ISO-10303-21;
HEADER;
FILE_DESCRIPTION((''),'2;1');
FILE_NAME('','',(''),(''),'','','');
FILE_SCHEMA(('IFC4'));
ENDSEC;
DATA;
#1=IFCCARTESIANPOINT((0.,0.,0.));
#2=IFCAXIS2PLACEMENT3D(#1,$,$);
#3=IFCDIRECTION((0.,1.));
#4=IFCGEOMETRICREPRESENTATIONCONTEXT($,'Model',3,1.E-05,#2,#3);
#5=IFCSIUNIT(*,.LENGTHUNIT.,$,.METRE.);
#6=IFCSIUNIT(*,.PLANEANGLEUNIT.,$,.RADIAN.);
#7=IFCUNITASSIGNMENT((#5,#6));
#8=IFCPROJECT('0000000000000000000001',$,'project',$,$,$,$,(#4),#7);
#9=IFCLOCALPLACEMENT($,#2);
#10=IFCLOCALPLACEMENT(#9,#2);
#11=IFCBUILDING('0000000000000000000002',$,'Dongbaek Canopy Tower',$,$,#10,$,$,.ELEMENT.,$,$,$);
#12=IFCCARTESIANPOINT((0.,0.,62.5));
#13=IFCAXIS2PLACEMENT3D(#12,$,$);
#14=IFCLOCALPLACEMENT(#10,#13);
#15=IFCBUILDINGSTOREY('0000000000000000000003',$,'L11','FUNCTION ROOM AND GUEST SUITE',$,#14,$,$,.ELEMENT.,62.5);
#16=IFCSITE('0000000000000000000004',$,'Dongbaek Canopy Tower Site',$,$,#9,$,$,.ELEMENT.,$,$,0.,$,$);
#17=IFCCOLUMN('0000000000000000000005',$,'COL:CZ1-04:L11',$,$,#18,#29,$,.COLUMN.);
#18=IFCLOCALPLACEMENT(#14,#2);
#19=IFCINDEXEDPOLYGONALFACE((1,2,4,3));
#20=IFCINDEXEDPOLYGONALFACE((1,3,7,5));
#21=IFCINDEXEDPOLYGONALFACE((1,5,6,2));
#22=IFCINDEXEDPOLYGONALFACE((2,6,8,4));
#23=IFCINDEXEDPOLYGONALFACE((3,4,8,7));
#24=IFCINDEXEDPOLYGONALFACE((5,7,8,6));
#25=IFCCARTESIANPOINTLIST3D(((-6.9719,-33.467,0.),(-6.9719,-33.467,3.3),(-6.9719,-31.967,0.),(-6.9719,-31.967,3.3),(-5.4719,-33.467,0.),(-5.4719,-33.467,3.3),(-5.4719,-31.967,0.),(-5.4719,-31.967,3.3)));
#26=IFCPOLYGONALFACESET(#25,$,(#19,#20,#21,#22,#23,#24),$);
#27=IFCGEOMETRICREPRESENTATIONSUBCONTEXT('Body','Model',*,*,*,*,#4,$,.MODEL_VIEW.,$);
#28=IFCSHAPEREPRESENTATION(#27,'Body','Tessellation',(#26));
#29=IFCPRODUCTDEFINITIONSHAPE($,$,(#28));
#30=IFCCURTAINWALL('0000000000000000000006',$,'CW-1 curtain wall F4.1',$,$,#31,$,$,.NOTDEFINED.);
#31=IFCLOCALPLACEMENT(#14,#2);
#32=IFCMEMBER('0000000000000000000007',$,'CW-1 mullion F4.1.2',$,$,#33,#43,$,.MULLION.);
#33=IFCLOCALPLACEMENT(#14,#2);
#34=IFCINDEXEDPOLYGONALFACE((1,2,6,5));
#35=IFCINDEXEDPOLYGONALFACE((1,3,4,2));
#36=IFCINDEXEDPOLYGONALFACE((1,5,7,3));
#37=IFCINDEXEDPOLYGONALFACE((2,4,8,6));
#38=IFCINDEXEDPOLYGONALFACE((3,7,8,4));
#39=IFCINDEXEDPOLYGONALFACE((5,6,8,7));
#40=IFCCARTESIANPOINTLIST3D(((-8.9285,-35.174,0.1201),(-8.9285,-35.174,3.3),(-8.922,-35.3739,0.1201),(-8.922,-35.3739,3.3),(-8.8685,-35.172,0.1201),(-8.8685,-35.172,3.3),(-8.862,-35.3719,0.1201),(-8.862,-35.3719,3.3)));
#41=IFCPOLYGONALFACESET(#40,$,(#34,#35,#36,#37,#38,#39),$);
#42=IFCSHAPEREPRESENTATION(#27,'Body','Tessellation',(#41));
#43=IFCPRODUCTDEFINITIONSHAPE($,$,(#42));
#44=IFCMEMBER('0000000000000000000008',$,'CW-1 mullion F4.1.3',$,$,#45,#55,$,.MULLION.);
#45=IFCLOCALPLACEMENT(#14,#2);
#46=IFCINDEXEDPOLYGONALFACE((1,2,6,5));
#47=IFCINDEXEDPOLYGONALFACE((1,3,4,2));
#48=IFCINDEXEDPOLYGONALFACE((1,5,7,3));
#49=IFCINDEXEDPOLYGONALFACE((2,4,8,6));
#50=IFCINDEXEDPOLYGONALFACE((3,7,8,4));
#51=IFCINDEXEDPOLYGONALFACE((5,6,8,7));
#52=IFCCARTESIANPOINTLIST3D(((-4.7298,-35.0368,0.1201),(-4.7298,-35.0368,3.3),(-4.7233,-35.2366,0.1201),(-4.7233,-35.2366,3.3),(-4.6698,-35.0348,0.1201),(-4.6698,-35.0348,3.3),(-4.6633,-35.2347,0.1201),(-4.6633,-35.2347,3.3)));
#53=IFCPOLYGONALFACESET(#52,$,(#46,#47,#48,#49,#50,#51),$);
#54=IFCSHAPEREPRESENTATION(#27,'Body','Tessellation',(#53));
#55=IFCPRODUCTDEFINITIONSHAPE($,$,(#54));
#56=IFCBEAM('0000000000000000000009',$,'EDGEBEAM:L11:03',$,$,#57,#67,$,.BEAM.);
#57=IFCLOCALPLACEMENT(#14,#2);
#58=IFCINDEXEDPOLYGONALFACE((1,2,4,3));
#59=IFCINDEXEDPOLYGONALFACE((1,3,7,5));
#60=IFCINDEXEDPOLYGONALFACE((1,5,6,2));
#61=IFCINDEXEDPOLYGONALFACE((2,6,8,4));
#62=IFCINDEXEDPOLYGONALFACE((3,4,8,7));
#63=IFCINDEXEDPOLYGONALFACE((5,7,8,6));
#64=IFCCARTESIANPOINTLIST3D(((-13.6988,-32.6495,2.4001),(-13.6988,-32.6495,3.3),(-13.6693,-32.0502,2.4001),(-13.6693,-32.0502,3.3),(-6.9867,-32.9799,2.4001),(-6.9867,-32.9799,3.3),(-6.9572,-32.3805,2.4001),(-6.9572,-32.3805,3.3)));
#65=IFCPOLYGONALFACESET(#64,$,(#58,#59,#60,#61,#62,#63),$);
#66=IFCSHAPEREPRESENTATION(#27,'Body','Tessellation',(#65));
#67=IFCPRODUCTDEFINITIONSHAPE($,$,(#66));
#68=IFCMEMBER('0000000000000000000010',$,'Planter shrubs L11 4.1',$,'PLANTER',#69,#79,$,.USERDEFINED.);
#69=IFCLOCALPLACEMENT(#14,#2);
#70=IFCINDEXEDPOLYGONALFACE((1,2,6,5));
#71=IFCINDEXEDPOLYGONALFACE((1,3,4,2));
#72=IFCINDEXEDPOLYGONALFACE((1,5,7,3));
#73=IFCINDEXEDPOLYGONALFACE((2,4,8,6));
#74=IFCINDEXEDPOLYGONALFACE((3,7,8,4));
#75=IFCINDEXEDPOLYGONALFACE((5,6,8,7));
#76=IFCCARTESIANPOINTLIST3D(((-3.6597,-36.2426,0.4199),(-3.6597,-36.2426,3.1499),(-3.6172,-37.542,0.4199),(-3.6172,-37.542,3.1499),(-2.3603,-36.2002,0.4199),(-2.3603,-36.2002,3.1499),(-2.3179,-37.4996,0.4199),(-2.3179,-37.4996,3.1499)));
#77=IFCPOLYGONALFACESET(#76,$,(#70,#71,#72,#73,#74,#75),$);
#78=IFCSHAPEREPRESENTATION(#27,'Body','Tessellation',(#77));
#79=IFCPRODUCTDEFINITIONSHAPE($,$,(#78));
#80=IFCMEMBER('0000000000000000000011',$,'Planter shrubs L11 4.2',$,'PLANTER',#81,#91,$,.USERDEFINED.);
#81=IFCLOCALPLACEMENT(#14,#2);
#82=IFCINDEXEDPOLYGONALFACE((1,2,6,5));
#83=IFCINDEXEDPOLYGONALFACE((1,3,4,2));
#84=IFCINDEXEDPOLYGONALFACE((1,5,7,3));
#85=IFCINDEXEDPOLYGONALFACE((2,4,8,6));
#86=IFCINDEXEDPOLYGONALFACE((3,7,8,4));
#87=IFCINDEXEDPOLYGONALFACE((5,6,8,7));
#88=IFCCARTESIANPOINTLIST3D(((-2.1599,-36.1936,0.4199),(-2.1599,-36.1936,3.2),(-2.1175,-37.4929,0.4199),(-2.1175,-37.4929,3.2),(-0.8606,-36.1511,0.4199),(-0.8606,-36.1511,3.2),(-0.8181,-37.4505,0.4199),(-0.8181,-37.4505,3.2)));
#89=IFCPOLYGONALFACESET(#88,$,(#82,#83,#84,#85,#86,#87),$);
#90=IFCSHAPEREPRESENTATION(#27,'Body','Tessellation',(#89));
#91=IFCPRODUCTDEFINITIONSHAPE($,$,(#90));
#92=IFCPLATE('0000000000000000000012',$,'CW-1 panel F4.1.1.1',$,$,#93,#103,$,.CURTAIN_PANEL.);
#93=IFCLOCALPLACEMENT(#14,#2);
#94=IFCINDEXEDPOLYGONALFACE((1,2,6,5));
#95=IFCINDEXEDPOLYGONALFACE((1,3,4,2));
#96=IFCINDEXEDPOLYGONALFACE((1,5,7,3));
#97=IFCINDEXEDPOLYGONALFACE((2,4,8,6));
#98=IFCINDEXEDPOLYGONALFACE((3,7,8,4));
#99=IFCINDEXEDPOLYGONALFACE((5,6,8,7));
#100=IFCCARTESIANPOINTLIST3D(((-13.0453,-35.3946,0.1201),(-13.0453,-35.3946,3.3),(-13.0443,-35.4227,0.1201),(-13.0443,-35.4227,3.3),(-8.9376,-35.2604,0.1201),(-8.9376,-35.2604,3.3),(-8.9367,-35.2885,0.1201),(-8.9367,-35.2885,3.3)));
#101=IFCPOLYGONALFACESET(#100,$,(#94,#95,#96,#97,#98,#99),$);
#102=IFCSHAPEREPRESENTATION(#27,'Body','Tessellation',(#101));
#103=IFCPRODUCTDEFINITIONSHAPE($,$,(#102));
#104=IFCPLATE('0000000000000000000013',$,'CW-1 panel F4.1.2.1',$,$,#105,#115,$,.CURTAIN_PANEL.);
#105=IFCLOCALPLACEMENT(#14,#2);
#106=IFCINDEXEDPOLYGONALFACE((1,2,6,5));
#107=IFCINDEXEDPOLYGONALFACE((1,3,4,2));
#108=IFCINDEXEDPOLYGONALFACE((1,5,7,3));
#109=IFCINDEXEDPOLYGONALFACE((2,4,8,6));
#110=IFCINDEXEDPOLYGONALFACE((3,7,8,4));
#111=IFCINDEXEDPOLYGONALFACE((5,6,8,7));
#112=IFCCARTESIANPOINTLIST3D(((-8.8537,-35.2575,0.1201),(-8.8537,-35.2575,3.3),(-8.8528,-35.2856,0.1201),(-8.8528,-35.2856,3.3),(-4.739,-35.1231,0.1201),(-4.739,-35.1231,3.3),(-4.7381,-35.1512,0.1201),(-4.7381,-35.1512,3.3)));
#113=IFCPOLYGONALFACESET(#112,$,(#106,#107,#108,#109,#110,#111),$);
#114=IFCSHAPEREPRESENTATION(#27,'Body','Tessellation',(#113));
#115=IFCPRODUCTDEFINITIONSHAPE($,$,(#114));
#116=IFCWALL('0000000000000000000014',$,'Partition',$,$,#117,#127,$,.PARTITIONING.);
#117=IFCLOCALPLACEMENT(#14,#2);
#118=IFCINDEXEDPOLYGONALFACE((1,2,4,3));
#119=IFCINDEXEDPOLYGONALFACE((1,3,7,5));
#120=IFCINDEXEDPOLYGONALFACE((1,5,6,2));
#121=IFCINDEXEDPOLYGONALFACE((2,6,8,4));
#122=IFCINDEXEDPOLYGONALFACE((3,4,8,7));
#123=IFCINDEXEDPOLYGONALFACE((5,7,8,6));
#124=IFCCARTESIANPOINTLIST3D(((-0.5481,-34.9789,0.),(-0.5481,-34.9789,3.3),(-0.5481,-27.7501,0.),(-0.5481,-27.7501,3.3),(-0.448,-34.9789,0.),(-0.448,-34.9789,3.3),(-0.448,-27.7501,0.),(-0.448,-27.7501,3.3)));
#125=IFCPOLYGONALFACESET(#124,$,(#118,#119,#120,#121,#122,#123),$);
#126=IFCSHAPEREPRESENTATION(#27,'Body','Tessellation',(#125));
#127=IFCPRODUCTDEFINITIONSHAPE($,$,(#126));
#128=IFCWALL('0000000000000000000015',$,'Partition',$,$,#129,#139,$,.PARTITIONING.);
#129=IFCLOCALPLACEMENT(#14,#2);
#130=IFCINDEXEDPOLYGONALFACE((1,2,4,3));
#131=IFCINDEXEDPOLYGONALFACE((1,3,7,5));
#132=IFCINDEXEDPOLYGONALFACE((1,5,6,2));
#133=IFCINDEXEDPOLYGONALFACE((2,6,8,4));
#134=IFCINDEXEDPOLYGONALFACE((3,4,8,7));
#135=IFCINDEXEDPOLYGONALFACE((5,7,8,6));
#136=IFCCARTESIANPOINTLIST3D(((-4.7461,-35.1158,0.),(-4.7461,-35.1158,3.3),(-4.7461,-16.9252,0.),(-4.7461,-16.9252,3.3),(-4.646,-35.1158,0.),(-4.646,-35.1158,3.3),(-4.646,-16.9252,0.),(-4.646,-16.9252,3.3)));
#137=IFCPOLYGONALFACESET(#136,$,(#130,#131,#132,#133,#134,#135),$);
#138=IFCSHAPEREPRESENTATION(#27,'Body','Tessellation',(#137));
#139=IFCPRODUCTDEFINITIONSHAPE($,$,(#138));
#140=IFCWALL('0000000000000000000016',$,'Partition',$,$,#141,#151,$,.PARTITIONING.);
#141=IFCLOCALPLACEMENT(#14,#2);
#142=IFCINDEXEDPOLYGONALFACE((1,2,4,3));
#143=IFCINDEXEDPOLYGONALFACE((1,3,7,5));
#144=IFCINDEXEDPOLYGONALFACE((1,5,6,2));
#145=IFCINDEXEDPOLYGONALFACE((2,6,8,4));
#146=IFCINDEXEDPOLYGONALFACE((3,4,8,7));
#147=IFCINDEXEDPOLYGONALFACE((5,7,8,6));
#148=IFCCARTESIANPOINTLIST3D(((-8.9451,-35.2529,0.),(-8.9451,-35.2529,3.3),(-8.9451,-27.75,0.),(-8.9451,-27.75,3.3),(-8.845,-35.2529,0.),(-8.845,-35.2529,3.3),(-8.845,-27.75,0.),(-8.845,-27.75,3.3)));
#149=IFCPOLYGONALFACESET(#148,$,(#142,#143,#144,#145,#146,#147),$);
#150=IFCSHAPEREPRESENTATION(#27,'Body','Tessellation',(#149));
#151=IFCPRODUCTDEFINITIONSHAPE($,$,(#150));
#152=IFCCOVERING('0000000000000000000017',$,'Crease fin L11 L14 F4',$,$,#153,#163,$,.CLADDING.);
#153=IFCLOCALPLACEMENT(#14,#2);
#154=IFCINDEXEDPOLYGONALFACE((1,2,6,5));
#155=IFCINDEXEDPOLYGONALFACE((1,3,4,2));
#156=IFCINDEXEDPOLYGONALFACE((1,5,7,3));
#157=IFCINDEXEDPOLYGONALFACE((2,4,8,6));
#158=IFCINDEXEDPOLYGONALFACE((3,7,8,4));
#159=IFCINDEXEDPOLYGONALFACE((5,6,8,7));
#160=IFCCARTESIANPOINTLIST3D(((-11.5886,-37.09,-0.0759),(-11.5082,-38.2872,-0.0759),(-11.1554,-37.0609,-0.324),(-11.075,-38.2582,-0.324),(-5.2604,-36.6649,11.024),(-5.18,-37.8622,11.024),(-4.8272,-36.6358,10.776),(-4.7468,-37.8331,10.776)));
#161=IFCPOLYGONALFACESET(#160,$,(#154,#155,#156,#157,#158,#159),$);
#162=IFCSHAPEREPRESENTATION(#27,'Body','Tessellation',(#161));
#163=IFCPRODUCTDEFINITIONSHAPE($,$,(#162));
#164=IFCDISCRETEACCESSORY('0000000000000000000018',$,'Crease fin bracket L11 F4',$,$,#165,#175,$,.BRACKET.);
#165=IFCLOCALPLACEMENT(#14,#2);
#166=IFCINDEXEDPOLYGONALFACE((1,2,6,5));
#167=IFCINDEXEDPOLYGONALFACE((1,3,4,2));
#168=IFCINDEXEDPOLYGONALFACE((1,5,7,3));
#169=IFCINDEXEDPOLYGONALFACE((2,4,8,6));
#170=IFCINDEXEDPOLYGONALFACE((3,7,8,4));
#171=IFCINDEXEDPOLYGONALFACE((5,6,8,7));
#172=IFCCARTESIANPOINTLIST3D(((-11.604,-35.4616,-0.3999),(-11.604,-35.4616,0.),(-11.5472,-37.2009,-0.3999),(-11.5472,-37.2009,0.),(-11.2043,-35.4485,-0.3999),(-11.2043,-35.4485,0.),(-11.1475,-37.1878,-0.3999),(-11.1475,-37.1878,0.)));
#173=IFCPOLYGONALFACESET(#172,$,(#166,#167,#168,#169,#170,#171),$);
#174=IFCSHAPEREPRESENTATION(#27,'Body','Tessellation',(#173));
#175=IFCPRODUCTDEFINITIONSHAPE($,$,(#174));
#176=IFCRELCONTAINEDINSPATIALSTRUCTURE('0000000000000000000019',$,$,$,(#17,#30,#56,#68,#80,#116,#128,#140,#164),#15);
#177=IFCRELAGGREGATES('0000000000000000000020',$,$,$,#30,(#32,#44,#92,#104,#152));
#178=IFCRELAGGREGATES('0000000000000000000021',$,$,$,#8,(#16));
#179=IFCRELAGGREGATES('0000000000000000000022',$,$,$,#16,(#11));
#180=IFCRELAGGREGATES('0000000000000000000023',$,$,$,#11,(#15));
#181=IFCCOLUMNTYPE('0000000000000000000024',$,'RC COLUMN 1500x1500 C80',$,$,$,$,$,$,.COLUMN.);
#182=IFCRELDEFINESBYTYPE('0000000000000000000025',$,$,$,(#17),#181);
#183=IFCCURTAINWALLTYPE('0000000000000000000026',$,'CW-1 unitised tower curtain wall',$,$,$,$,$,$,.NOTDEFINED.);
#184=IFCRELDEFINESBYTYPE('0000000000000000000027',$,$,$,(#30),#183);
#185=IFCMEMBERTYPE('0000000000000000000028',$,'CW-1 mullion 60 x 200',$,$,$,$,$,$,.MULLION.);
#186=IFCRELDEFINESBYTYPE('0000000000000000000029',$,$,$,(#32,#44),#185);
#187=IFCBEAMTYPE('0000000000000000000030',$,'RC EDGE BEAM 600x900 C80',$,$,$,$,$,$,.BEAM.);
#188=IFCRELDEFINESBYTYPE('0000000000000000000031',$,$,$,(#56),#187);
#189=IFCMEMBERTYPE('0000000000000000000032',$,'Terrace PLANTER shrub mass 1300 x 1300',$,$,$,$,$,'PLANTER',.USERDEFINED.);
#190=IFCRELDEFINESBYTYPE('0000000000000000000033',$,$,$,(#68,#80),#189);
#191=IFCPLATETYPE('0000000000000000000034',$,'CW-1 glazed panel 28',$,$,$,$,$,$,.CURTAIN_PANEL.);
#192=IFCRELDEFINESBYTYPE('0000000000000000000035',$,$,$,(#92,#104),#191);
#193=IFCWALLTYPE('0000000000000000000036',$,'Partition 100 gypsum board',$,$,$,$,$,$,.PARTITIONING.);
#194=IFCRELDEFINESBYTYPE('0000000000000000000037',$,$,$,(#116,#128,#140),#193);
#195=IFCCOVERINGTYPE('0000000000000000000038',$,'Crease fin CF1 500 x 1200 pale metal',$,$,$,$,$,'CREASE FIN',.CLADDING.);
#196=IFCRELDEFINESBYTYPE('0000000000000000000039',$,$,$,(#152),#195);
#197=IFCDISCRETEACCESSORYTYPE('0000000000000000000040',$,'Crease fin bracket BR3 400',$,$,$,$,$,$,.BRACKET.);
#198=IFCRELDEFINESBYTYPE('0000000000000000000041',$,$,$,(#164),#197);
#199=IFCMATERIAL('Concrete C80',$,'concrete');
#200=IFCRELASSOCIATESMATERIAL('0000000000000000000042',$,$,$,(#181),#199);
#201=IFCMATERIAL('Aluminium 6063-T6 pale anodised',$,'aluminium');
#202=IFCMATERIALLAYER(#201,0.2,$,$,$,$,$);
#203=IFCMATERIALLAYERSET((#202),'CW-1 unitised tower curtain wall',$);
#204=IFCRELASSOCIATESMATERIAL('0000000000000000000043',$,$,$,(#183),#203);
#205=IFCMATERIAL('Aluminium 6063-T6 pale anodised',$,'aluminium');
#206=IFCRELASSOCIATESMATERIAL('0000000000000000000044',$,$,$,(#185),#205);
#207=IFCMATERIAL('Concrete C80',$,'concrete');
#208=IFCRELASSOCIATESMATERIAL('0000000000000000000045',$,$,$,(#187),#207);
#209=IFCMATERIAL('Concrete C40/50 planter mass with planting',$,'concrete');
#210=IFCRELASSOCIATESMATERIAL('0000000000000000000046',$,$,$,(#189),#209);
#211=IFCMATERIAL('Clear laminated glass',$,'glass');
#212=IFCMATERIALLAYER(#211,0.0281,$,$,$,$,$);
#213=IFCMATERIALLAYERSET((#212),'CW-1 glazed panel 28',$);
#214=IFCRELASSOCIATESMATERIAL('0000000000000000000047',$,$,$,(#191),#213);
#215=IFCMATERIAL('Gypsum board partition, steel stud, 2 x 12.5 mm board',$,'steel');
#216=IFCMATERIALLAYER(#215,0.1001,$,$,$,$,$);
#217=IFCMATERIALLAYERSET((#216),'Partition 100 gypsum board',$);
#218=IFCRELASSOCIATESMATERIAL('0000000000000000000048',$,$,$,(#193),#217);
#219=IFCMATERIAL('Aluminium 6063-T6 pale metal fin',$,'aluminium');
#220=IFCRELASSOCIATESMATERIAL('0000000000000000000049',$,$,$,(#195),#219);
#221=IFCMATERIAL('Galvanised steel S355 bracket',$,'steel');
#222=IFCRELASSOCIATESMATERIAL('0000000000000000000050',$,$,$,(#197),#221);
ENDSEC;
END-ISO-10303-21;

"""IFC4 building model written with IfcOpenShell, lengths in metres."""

from ifc_helpers import new_model, si_unit, direction, frame, frame_2d, origin, origin_2d, place, context, subcontext, project, spatial, rectangle, extrude, material, layer, layer_set, material_profile, profile_set, type_object, element, aggregate, save


model = new_model("IFC4")

# Units and contexts
model_context = context("Model", 3, precision=1e-05, world=origin(), true_north=direction((0.0, 1.0)))
body_context = subcontext(model_context, "Body", "Model", "MODEL_VIEW")
ifc_project = project(units=[si_unit("LENGTHUNIT", "METRE"), si_unit("PLANEANGLEUNIT", "RADIAN")], contexts=[model_context])

# Site, building, storey
site_placement = place(None, origin())
site = spatial("IfcSite", under=ifc_project, at=site_placement, Name="Dongbaek Canopy Tower Site", CompositionType="ELEMENT", RefElevation=0.0)
building_placement = place(site_placement, origin())
building = spatial("IfcBuilding", under=site, at=building_placement, Name="Dongbaek Canopy Tower", CompositionType="ELEMENT")
storey_placement = place(building_placement, frame((0.0, 0.0, 62.5)))
storey = spatial("IfcBuildingStorey", under=building, at=storey_placement, Name="L11", Description="FUNCTION ROOM AND GUEST SUITE", CompositionType="ELEMENT", Elevation=62.5)

# Column
ifc_material_1 = material(Name="Concrete C80", Category="concrete")
ifc_material_profile_1 = material_profile(ifc_material_1, rectangle(XDim=1.5, YDim=1.5, at=origin_2d()), Name="RC COLUMN 1500x1500 C80")
ifc_profile_set_1 = profile_set([ifc_material_profile_1], Name="Concrete C80")
column_type = type_object("IfcColumnType", Name="RC COLUMN 1500x1500 C80", PredefinedType="COLUMN", material=ifc_profile_set_1)
column_placement = place(storey_placement, frame((-6.2219, -32.717, 0.0), z_axis=(0.0, 0.0, 1.0), x_axis=(1.0, 0.0, 0.0)))
element("IfcColumn", 1, at=column_placement, inside=storey, type_object=column_type, Name="COL:CZ1-04:L11", PredefinedType="COLUMN", context=body_context, shape_type="SweptSolid", body=[
    extrude(rectangle(XDim=1.5, YDim=1.5, at=origin_2d()), origin(), (0.0, 0.0, 1.0), 3.3),
])

# Curtain wall, members
ifc_material_2 = material(Name="Aluminium 6063-T6 pale anodised", Category="aluminium")
ifc_layer_1 = layer(ifc_material_2, 0.2)
ifc_layer_set_1 = layer_set([ifc_layer_1], Name="CW-1 unitised tower curtain wall")
curtain_wall_type = type_object("IfcCurtainWallType", Name="CW-1 unitised tower curtain wall", PredefinedType="NOTDEFINED", material=ifc_layer_set_1)
curtain_wall_placement = place(storey_placement, origin())
curtain_wall = element("IfcCurtainWall", 2, at=curtain_wall_placement, inside=storey, type_object=curtain_wall_type, Name="CW-1 curtain wall F4.1", PredefinedType="NOTDEFINED")
ifc_material_3 = material(Name="Aluminium 6063-T6 pale anodised", Category="aluminium")
ifc_material_profile_2 = material_profile(ifc_material_3, rectangle(XDim=0.2, YDim=0.0601, at=origin_2d()), Name="CW-1 mullion 60 x 200")
ifc_profile_set_2 = profile_set([ifc_material_profile_2], Name="Aluminium 6063-T6 pale anodised")
member_type_1 = type_object("IfcMemberType", Name="CW-1 mullion 60 x 200", PredefinedType="MULLION", material=ifc_profile_set_2)
member_1_placement = place(storey_placement, frame((-8.8953, -35.2729, 0.1201), z_axis=(0.0, 0.0, 1.0), x_axis=(0.032646, -0.999467, 0.0)))
member_1 = element("IfcMember", 3, at=member_1_placement, type_object=member_type_1, Name="CW-1 mullion F4.1.2", PredefinedType="MULLION", context=body_context, shape_type="SweptSolid", body=[
    extrude(rectangle(XDim=0.2, YDim=0.0601, at=origin_2d()), origin(), (0.0, 0.0, 1.0), 3.1799),
])
member_2_placement = place(storey_placement, frame((-4.6965, -35.1357, 0.1201), z_axis=(0.0, 0.0, 1.0), x_axis=(0.032646, -0.999467, 0.0)))
member_2 = element("IfcMember", 4, at=member_2_placement, type_object=member_type_1, Name="CW-1 mullion F4.1.3", PredefinedType="MULLION", context=body_context, shape_type="SweptSolid", body=[
    extrude(rectangle(XDim=0.2, YDim=0.0601, at=origin_2d()), origin(), (0.0, 0.0, 1.0), 3.1799),
])

# Beam
ifc_material_4 = material(Name="Concrete C80", Category="concrete")
ifc_material_profile_3 = material_profile(ifc_material_4, rectangle(XDim=0.6001, YDim=0.8999, at=origin_2d()), Name="RC EDGE BEAM 600x900 C80")
ifc_profile_set_3 = profile_set([ifc_material_profile_3], Name="Concrete C80")
beam_type = type_object("IfcBeamType", Name="RC EDGE BEAM 600x900 C80", PredefinedType="BEAM", material=ifc_profile_set_3)
beam_placement = place(storey_placement, frame((-6.9719, -32.6802, 2.8501), z_axis=(-0.998791, 0.049153, 0.0), x_axis=(-0.049153, -0.998791, 0.0)))
element("IfcBeam", 5, at=beam_placement, inside=storey, type_object=beam_type, Name="EDGEBEAM:L11:03", PredefinedType="BEAM", context=body_context, shape_type="SweptSolid", body=[
    extrude(rectangle(XDim=0.6001, YDim=0.8999, at=origin_2d()), origin(), (0.0, 0.0, 1.0), 6.7202),
])

# Members
ifc_material_5 = material(Name="Concrete C40/50 planter mass with planting", Category="concrete")
ifc_material_profile_4 = material_profile(ifc_material_5, rectangle(XDim=1.3, YDim=1.3, at=origin_2d()), Name="Terrace PLANTER shrub mass 1300 x 1300")
ifc_profile_set_4 = profile_set([ifc_material_profile_4], Name="Concrete C40/50 planter mass with planting")
member_type_2 = type_object("IfcMemberType", Name="Terrace PLANTER shrub mass 1300 x 1300", ElementType="PLANTER", PredefinedType="USERDEFINED", material=ifc_profile_set_4)
member_3_placement = place(storey_placement, frame((-2.9888, -36.8711, 0.4199), z_axis=(0.0, 0.0, 1.0), x_axis=(0.032646, -0.999467, 0.0)))
element("IfcMember", 6, at=member_3_placement, inside=storey, type_object=member_type_2, Name="Planter shrubs L11 4.1", ObjectType="PLANTER", PredefinedType="USERDEFINED", context=body_context, shape_type="SweptSolid", body=[
    extrude(rectangle(XDim=1.3, YDim=1.3, at=origin_2d()), origin(), (0.0, 0.0, 1.0), 2.73),
])
member_4_placement = place(storey_placement, frame((-1.489, -36.822, 0.4199), z_axis=(0.0, 0.0, 1.0), x_axis=(0.032646, -0.999467, 0.0)))
element("IfcMember", 7, at=member_4_placement, inside=storey, type_object=member_type_2, Name="Planter shrubs L11 4.2", ObjectType="PLANTER", PredefinedType="USERDEFINED", context=body_context, shape_type="SweptSolid", body=[
    extrude(rectangle(XDim=1.3, YDim=1.3, at=origin_2d()), origin(), (0.0, 0.0, 1.0), 2.78),
])

# Plates
ifc_material_6 = material(Name="Clear laminated glass", Category="glass")
ifc_layer_2 = layer(ifc_material_6, 0.0281)
ifc_layer_set_2 = layer_set([ifc_layer_2], Name="CW-1 glazed panel 28")
plate_type = type_object("IfcPlateType", Name="CW-1 glazed panel 28", PredefinedType="CURTAIN_PANEL", material=ifc_layer_set_2)
plate_1_placement = place(storey_placement, frame((-10.991, -35.3416, 0.1201), z_axis=(0.0, 0.0, 1.0), x_axis=(0.999467, 0.032646, 0.0)))
plate_1 = element("IfcPlate", 8, at=plate_1_placement, type_object=plate_type, Name="CW-1 panel F4.1.1.1", PredefinedType="CURTAIN_PANEL", context=body_context, shape_type="SweptSolid", body=[
    extrude(rectangle(XDim=4.1099, YDim=0.0281, at=origin_2d()), origin(), (0.0, 0.0, 1.0), 3.1799),
])
plate_2_placement = place(storey_placement, frame((-6.7959, -35.2043, 0.1201), z_axis=(0.0, 0.0, 1.0), x_axis=(0.999467, 0.032646, 0.0)))
plate_2 = element("IfcPlate", 9, at=plate_2_placement, type_object=plate_type, Name="CW-1 panel F4.1.2.1", PredefinedType="CURTAIN_PANEL", context=body_context, shape_type="SweptSolid", body=[
    extrude(rectangle(XDim=4.1169, YDim=0.0281, at=origin_2d()), origin(), (0.0, 0.0, 1.0), 3.1799),
])

# Walls
ifc_material_7 = material(Name="Gypsum board partition, steel stud, 2 x 12.5 mm board", Category="steel")
ifc_layer_3 = layer(ifc_material_7, 0.1001)
ifc_layer_set_3 = layer_set([ifc_layer_3], Name="Partition 100 gypsum board")
wall_type_1 = type_object("IfcWallType", Name="Partition 100 gypsum board", PredefinedType="PARTITIONING", material=ifc_layer_set_3)
wall_1_placement = place(storey_placement, frame((-0.498, -34.9788, 0.0), z_axis=(0.0, 0.0, 1.0), x_axis=(0.0, 1.0, 0.0)))
element("IfcWall", 10, at=wall_1_placement, inside=storey, type_object=wall_type_1, Name="Partition", PredefinedType="PARTITIONING", context=body_context, shape_type="SweptSolid", body=[
    extrude(rectangle(XDim=7.2288, YDim=0.1001, at=frame_2d((3.6143, 0.0))), origin(), (0.0, 0.0, 1.0), 3.3),
])
wall_2_placement = place(storey_placement, frame((-4.696, -35.1157, 0.0), z_axis=(0.0, 0.0, 1.0), x_axis=(0.0, 1.0, 0.0)))
element("IfcWall", 11, at=wall_2_placement, inside=storey, type_object=wall_type_1, Name="Partition", PredefinedType="PARTITIONING", context=body_context, shape_type="SweptSolid", body=[
    extrude(rectangle(XDim=18.1907, YDim=0.1001, at=frame_2d((9.0952, 0.0))), origin(), (0.0, 0.0, 1.0), 3.3),
])
wall_3_placement = place(storey_placement, frame((-8.895, -35.2529, 0.0), z_axis=(0.0, 0.0, 1.0), x_axis=(0.0, 1.0, 0.0)))
element("IfcWall", 12, at=wall_3_placement, inside=storey, type_object=wall_type_1, Name="Partition", PredefinedType="PARTITIONING", context=body_context, shape_type="SweptSolid", body=[
    extrude(rectangle(XDim=7.5029, YDim=0.1001, at=frame_2d((3.7515, 0.0))), origin(), (0.0, 0.0, 1.0), 3.3),
])

# Covering
ifc_material_8 = material(Name="Aluminium 6063-T6 pale metal fin", Category="aluminium")
ifc_material_profile_5 = material_profile(ifc_material_8, rectangle(XDim=1.2, YDim=0.5, at=origin_2d()), Name="Crease fin CF1 500 x 1200 pale metal")
ifc_profile_set_5 = profile_set([ifc_material_profile_5], Name="Aluminium 6063-T6 pale metal fin")
covering_type = type_object("IfcCoveringType", Name="Crease fin CF1 500 x 1200 pale metal", ElementType="CREASE FIN", PredefinedType="CLADDING", material=ifc_profile_set_5)
covering_placement = place(storey_placement, frame((-11.3318, -37.6741, -0.2), z_axis=(0.495001, 0.033248, 0.868256), x_axis=(-0.067017, 0.997752, 0.0)))
covering = element("IfcCovering", 13, at=covering_placement, type_object=covering_type, Name="Crease fin L11 L14 F4", PredefinedType="CLADDING", context=body_context, shape_type="SweptSolid", body=[
    extrude(rectangle(XDim=1.2, YDim=0.5, at=origin_2d()), origin(), (0.0, 0.0, 1.0), 12.7842),
])
aggregate(curtain_wall, [member_1, member_2, plate_1, plate_2, covering])

# Discrete accessory
ifc_material_9 = material(Name="Galvanised steel S355 bracket", Category="steel")
discrete_accessory_type = type_object("IfcDiscreteAccessoryType", Name="Crease fin bracket BR3 400", PredefinedType="BRACKET", material=ifc_material_9)
discrete_accessory_placement = place(storey_placement, frame((-11.3757, -36.3247, -0.3999), z_axis=(0.0, 0.0, 1.0), x_axis=(0.032646, -0.999467, 0.0)))
element("IfcDiscreteAccessory", 14, at=discrete_accessory_placement, inside=storey, type_object=discrete_accessory_type, Name="Crease fin bracket L11 F4", PredefinedType="BRACKET", context=body_context, shape_type="SweptSolid", body=[
    extrude(rectangle(XDim=1.7402, YDim=0.3999, at=origin_2d()), origin(), (0.0, 0.0, 1.0), 0.3999),
])

save(model, "model.ifc")
